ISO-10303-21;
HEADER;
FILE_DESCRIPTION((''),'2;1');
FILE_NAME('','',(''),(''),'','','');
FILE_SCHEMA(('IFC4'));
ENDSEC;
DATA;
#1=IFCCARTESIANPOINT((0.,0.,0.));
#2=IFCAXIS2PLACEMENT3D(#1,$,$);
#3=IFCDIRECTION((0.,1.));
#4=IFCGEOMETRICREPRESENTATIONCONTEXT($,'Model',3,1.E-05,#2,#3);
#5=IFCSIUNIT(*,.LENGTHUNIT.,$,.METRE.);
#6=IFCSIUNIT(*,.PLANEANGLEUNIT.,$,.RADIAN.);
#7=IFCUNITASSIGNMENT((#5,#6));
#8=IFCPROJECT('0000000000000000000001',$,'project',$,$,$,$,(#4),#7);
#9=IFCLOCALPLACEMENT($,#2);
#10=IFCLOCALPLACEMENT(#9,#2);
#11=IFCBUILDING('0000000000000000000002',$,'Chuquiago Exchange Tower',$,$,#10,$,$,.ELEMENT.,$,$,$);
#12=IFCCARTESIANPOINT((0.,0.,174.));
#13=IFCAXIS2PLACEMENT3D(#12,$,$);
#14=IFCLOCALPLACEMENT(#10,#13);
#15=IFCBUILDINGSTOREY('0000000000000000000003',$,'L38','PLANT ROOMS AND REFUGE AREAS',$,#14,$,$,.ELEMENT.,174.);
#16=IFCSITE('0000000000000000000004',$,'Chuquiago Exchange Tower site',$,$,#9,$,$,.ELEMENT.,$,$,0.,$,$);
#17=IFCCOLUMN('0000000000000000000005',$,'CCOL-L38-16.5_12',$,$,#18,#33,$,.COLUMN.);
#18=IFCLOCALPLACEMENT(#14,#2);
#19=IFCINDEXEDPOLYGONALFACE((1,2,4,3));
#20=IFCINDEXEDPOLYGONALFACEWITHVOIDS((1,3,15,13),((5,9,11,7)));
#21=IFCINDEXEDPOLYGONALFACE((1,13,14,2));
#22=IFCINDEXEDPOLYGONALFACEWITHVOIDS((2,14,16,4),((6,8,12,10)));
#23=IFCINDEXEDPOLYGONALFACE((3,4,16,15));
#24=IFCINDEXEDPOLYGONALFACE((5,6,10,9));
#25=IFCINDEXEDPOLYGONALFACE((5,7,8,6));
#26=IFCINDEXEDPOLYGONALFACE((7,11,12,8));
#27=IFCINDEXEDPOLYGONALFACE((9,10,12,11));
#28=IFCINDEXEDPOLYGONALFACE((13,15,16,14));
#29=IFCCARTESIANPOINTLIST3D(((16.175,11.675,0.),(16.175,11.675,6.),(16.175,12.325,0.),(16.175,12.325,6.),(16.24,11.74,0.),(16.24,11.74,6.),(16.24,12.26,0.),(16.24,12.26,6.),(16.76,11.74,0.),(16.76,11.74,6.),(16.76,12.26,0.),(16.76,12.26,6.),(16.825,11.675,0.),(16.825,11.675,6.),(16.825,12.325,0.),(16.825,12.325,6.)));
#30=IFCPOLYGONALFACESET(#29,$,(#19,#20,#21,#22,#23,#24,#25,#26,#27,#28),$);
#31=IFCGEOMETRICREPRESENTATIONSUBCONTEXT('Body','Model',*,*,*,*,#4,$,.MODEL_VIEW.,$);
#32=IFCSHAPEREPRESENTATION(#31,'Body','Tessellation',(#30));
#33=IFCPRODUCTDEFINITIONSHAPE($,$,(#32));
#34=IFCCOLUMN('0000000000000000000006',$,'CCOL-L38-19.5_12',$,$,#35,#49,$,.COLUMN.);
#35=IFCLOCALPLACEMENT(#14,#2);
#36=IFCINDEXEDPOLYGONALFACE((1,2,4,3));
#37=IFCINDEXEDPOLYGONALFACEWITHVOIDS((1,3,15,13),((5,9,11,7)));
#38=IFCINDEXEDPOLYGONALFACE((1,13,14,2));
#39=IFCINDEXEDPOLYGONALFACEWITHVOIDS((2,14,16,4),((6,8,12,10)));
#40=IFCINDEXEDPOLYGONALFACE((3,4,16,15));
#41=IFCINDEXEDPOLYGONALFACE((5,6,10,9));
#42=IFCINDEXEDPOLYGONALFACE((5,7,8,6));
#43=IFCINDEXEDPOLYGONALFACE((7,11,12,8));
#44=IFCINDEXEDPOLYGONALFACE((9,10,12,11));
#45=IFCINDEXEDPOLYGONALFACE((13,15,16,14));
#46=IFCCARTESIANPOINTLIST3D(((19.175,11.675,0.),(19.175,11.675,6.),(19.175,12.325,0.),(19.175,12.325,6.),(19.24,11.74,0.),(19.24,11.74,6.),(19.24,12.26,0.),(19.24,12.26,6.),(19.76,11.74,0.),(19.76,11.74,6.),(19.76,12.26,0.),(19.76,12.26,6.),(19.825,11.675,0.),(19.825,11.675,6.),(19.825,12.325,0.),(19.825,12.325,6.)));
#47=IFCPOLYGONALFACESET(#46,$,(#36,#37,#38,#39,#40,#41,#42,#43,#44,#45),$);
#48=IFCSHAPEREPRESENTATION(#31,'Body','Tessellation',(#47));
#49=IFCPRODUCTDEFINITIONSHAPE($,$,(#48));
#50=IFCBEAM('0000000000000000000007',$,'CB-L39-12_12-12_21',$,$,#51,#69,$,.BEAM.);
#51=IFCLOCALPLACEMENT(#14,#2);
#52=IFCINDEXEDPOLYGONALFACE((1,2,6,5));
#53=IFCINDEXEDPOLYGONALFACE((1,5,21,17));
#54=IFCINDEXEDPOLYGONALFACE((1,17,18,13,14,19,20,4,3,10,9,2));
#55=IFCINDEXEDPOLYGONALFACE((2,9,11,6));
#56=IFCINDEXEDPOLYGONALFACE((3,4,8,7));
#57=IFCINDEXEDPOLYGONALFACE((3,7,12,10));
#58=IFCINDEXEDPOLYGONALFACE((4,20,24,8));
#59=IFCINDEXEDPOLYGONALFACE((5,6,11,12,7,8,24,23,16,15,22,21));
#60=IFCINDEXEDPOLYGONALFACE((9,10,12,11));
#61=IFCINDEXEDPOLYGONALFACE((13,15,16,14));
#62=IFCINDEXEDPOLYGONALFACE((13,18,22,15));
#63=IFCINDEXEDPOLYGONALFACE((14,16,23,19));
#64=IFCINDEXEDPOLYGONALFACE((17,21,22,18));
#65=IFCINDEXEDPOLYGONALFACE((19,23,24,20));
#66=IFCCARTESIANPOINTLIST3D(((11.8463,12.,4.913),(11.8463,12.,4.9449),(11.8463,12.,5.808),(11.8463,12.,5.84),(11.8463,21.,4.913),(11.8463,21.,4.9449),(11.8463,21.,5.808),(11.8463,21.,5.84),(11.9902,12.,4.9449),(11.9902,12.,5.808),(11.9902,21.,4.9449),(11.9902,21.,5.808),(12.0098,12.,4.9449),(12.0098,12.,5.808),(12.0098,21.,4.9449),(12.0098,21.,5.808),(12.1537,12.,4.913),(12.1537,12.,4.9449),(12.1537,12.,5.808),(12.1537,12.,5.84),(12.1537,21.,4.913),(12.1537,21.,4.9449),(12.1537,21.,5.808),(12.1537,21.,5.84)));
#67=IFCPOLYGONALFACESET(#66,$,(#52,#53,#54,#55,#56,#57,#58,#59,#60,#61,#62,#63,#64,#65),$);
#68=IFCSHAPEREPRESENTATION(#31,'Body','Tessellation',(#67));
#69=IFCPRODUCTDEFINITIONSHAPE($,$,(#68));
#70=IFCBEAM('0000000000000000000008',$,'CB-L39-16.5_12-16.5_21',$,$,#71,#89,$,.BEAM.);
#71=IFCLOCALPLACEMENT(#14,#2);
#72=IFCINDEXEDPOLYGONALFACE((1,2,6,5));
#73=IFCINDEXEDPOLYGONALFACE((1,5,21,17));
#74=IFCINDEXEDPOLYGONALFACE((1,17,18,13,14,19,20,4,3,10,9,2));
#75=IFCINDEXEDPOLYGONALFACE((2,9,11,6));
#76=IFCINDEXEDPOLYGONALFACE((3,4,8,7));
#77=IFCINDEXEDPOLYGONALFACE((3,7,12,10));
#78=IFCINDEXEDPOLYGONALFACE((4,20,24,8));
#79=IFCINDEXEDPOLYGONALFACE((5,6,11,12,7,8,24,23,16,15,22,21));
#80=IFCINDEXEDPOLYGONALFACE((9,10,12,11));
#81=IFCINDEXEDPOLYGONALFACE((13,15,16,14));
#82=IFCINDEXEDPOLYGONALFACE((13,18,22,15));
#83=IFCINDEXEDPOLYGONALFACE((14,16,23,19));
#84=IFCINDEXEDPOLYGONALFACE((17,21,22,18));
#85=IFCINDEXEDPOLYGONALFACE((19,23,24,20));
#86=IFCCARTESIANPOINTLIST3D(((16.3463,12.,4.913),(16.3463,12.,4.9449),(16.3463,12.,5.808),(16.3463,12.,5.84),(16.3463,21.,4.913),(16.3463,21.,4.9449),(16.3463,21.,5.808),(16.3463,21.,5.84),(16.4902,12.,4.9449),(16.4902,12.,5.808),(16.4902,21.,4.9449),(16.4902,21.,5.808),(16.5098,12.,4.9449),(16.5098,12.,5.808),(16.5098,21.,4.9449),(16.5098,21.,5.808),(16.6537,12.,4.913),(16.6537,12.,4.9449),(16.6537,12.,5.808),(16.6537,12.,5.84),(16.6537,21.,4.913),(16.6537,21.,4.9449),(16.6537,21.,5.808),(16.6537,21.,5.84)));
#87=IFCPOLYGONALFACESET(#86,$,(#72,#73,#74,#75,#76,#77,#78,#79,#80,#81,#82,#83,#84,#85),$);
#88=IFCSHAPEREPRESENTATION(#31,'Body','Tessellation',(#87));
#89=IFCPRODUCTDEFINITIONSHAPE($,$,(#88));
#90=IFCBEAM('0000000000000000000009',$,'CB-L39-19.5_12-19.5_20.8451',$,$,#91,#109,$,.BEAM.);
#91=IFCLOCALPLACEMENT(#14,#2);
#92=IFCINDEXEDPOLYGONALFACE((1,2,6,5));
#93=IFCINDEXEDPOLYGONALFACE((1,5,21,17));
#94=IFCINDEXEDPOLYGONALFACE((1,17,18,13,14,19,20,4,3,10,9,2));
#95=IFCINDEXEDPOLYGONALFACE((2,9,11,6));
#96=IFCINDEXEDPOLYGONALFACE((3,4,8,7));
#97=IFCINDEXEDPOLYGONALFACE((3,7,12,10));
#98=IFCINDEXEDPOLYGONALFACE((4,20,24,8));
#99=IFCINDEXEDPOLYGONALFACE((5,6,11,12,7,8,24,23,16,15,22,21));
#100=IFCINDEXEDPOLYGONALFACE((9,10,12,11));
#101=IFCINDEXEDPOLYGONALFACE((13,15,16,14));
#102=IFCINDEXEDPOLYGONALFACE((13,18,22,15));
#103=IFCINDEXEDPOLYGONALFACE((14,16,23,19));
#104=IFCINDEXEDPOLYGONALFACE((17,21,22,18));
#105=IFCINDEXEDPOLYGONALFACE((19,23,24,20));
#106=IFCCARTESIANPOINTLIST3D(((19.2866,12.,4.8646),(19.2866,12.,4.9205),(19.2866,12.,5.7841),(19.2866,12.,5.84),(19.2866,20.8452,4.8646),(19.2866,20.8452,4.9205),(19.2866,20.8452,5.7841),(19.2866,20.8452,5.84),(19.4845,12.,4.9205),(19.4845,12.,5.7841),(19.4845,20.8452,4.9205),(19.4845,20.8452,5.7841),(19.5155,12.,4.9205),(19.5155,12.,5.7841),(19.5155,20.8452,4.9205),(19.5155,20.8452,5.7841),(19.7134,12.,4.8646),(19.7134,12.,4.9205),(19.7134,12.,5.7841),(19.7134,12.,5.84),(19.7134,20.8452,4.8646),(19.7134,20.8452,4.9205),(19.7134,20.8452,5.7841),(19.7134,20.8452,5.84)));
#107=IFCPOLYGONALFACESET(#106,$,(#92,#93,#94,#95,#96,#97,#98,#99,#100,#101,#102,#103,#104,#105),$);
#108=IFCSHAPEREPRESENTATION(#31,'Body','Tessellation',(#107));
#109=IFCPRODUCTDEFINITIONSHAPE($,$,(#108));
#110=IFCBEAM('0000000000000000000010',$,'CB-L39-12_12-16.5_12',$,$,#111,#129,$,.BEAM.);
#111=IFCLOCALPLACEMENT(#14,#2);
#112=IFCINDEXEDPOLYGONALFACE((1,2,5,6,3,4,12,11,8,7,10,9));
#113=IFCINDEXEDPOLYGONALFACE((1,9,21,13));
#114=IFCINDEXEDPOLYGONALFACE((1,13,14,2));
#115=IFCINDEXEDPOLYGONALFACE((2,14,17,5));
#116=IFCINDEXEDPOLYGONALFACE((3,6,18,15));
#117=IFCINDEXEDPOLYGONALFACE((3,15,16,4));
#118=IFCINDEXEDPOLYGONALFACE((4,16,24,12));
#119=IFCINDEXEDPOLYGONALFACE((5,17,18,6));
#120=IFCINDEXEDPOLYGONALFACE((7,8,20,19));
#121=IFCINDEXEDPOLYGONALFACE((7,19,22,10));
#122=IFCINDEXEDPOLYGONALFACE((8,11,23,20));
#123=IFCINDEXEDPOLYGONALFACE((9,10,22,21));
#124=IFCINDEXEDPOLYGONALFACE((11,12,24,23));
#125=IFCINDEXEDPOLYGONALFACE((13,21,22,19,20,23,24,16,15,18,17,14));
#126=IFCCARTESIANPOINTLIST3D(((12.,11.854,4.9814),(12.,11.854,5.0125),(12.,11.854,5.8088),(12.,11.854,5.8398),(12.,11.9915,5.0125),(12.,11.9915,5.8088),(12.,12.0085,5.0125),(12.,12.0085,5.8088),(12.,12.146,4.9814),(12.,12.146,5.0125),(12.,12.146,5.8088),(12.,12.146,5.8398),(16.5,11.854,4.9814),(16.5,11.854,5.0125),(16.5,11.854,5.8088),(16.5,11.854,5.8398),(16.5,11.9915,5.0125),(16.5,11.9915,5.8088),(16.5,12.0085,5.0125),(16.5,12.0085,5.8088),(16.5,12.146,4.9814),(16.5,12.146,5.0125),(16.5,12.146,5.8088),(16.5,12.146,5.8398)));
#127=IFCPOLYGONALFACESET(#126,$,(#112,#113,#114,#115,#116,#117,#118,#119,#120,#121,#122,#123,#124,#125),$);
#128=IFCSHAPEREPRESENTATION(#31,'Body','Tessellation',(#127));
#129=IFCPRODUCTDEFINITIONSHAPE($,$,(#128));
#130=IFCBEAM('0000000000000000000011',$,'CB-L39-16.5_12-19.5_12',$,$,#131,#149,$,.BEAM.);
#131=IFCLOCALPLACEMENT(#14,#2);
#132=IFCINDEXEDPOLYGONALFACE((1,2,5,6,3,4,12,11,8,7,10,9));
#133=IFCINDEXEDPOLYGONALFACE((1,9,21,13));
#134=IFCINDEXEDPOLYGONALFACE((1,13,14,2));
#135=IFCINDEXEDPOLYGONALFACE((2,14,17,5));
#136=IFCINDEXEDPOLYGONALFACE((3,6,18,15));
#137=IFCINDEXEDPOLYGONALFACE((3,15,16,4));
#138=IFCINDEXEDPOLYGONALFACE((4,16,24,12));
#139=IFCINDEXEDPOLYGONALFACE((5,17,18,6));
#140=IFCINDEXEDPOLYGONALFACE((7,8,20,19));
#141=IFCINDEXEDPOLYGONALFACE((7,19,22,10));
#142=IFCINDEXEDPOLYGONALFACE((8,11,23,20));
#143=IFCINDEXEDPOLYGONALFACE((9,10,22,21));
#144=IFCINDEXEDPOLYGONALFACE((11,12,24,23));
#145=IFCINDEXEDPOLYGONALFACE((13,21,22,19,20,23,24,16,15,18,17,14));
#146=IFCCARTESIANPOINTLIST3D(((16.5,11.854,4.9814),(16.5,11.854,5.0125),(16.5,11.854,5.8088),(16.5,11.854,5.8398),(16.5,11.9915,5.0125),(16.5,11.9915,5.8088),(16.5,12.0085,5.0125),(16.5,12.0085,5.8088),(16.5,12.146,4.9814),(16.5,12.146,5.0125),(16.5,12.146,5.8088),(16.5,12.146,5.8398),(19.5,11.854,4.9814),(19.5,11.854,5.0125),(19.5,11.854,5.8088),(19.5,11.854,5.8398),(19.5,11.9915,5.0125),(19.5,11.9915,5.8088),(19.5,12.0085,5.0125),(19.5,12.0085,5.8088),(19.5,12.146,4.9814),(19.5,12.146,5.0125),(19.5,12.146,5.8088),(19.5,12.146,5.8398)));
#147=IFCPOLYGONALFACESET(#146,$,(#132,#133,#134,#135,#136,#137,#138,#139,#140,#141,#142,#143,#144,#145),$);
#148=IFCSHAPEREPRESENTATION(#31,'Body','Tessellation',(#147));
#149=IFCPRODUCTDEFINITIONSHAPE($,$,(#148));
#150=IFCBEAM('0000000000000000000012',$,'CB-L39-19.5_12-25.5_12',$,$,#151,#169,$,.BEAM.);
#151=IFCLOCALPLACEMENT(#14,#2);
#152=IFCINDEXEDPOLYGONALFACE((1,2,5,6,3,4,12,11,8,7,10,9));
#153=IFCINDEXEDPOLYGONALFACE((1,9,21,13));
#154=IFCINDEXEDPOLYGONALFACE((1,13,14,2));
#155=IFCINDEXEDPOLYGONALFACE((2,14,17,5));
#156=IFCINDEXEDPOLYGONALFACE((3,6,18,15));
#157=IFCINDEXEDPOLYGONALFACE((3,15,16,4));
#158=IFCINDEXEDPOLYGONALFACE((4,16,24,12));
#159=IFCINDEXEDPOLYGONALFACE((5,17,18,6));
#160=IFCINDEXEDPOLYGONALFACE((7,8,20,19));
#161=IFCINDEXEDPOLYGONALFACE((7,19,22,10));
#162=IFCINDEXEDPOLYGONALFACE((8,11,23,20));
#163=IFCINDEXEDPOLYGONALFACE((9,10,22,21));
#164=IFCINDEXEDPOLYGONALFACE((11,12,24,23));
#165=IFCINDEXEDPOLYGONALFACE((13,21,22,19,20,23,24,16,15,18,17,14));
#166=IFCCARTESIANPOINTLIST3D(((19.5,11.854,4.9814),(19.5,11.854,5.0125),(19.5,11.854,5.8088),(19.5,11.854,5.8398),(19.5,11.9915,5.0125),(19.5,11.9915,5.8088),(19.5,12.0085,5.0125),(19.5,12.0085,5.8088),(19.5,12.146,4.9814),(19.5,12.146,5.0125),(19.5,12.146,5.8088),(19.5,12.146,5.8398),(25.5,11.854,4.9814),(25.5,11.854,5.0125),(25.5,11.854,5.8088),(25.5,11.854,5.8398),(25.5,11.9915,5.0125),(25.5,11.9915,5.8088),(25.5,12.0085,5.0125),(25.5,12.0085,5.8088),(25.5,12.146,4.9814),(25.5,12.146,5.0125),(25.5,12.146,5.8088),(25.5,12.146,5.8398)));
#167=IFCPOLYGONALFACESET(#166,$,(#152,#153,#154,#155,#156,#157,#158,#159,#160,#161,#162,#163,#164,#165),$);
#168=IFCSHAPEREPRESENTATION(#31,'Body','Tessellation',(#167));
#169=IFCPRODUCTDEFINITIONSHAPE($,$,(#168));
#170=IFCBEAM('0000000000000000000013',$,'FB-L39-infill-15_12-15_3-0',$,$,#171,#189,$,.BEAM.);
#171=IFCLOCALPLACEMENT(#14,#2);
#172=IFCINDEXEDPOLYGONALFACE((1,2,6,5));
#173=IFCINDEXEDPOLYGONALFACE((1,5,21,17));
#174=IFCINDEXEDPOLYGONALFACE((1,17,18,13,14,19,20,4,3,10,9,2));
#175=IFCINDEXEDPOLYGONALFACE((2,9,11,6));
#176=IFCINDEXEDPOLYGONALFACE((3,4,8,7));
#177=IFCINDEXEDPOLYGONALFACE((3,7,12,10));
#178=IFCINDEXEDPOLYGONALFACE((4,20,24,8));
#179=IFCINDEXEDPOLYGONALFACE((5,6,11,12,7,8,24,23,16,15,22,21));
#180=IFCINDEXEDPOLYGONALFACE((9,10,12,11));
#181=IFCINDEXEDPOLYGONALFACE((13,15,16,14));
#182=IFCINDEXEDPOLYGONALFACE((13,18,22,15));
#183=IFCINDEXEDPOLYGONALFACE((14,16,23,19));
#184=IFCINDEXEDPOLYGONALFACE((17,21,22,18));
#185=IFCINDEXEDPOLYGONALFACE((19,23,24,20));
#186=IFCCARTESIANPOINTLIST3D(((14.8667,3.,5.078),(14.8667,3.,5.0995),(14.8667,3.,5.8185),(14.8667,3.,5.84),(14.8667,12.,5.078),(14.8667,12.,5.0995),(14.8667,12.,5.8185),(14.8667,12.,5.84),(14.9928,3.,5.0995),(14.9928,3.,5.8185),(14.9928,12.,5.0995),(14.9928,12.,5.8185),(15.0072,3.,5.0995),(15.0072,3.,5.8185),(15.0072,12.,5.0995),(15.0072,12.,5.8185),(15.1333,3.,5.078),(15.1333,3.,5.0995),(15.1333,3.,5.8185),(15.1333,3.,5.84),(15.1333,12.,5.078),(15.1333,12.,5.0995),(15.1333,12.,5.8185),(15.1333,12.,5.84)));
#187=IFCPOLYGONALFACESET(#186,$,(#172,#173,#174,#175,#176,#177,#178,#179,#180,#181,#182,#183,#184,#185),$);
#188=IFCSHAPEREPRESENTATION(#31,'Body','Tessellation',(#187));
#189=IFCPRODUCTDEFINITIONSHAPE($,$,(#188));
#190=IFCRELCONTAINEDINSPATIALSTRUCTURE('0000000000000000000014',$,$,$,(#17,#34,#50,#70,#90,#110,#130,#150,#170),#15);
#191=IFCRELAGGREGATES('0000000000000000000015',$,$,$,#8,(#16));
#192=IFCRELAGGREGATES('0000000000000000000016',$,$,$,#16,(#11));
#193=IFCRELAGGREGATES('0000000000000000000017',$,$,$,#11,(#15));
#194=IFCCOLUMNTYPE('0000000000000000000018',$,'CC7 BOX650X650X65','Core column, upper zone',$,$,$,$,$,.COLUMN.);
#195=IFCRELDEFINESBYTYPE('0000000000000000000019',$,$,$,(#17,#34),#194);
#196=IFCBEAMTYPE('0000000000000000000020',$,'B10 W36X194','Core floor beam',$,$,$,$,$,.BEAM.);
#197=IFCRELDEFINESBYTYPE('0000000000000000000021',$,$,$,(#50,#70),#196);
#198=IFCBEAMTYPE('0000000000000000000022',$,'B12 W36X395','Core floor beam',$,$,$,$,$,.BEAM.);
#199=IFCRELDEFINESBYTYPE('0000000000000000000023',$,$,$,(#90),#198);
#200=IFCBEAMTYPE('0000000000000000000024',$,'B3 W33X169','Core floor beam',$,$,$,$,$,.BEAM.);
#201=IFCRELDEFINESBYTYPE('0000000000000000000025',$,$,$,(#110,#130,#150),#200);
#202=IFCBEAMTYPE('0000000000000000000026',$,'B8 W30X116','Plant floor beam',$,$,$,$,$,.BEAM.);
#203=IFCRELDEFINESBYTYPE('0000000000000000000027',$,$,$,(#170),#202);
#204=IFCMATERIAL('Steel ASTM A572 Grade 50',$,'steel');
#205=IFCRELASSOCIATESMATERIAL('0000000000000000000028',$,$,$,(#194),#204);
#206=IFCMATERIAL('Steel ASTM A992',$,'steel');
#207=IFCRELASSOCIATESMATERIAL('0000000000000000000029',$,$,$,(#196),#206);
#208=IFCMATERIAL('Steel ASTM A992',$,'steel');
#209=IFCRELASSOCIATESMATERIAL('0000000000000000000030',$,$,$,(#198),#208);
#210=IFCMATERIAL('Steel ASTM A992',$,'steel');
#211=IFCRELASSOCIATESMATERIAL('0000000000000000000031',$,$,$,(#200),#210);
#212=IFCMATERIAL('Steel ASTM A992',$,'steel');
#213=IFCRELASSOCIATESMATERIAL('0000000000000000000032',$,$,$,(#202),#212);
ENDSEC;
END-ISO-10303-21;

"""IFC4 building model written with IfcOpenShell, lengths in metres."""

from ifc_helpers import new_model, si_unit, direction, frame, origin, origin_2d, place, context, subcontext, project, spatial, hollow_rectangle, i_section, extrude, material, material_profile, profile_set, type_object, element, save


model = new_model("IFC4")

# Units and contexts
model_context = context("Model", 3, precision=1e-05, world=origin(), true_north=direction((0.0, 1.0)))
body_context = subcontext(model_context, "Body", "Model", "MODEL_VIEW")
ifc_project = project(units=[si_unit("LENGTHUNIT", "METRE"), si_unit("PLANEANGLEUNIT", "RADIAN")], contexts=[model_context])

# Site, building, storey
site_placement = place(None, origin())
site = spatial("IfcSite", under=ifc_project, at=site_placement, Name="Chuquiago Exchange Tower site", CompositionType="ELEMENT", RefElevation=0.0)
building_placement = place(site_placement, origin())
building = spatial("IfcBuilding", under=site, at=building_placement, Name="Chuquiago Exchange Tower", CompositionType="ELEMENT")
storey_placement = place(building_placement, frame((0.0, 0.0, 174.0)))
storey = spatial("IfcBuildingStorey", under=building, at=storey_placement, Name="L38", Description="PLANT ROOMS AND REFUGE AREAS", CompositionType="ELEMENT", Elevation=174.0)

# Columns
ifc_material_1 = material(Name="Steel ASTM A572 Grade 50", Category="steel")
ifc_material_profile_1 = material_profile(ifc_material_1, hollow_rectangle(XDim=0.6499, YDim=0.6499, WallThickness=0.0649, at=origin_2d()), Name="BOX650X650X65")
ifc_profile_set_1 = profile_set([ifc_material_profile_1], Name="Steel ASTM A572 Grade 50")
column_type = type_object("IfcColumnType", Name="CC7 BOX650X650X65", Description="Core column, upper zone", PredefinedType="COLUMN", material=ifc_profile_set_1)
for number, where, z_axis, x_axis, name in (
    (1, (16.5, 12.0, 0.0), (0.0, 0.0, 1.0), (1.0, 0.0, 0.0), "CCOL-L38-16.5_12"),
    (2, (19.5, 12.0, 0.0), (0.0, 0.0, 1.0), (1.0, 0.0, 0.0), "CCOL-L38-19.5_12"),
):
    element("IfcColumn", number, at=place(storey_placement, frame(where, z_axis=z_axis, x_axis=x_axis)), inside=storey, type_object=column_type, Name=name, PredefinedType="COLUMN", context=body_context, shape_type="SweptSolid", body=[
        extrude(hollow_rectangle(XDim=0.6499, YDim=0.6499, WallThickness=0.0649, at=origin_2d()), origin(), (0.0, 0.0, 1.0), 6.0),
    ])

# Beams
ifc_material_2 = material(Name="Steel ASTM A992", Category="steel")
ifc_material_profile_2 = material_profile(ifc_material_2, i_section(OverallWidth=0.3074, OverallDepth=0.927, WebThickness=0.0195, FlangeThickness=0.032, at=origin_2d()), Name="W36X194")
ifc_profile_set_2 = profile_set([ifc_material_profile_2], Name="Steel ASTM A992")
beam_type_1 = type_object("IfcBeamType", Name="B10 W36X194", Description="Core floor beam", PredefinedType="BEAM", material=ifc_profile_set_2)
for number, where, z_axis, x_axis, name in (
    (3, (12.0, 12.0, 5.3765), (0.0, 1.0, 0.0), (-1.0, 0.0, 0.0), "CB-L39-12_12-12_21"),
    (4, (16.5, 12.0, 5.3765), (0.0, 1.0, 0.0), (-1.0, 0.0, 0.0), "CB-L39-16.5_12-16.5_21"),
):
    element("IfcBeam", number, at=place(storey_placement, frame(where, z_axis=z_axis, x_axis=x_axis)), inside=storey, type_object=beam_type_1, Name=name, PredefinedType="BEAM", context=body_context, shape_type="SweptSolid", body=[
        extrude(i_section(OverallWidth=0.3074, OverallDepth=0.927, WebThickness=0.0195, FlangeThickness=0.032, at=origin_2d()), origin(), (0.0, 0.0, 1.0), 9.0),
    ])
ifc_material_3 = material(Name="Steel ASTM A992", Category="steel")
ifc_material_profile_3 = material_profile(ifc_material_3, i_section(OverallWidth=0.4268, OverallDepth=0.9753, WebThickness=0.031, FlangeThickness=0.0559, at=origin_2d()), Name="W36X395")
ifc_profile_set_3 = profile_set([ifc_material_profile_3], Name="Steel ASTM A992")
beam_type_2 = type_object("IfcBeamType", Name="B12 W36X395", Description="Core floor beam", PredefinedType="BEAM", material=ifc_profile_set_3)
beam_1_placement = place(storey_placement, frame((19.5, 12.0, 5.3523), z_axis=(0.0, 1.0, 0.0), x_axis=(-1.0, 0.0, 0.0)))
element("IfcBeam", 5, at=beam_1_placement, inside=storey, type_object=beam_type_2, Name="CB-L39-19.5_12-19.5_20.8451", PredefinedType="BEAM", context=body_context, shape_type="SweptSolid", body=[
    extrude(i_section(OverallWidth=0.4268, OverallDepth=0.9753, WebThickness=0.031, FlangeThickness=0.0559, at=origin_2d()), origin(), (0.0, 0.0, 1.0), 8.8452),
])
ifc_material_4 = material(Name="Steel ASTM A992", Category="steel")
ifc_material_profile_4 = material_profile(ifc_material_4, i_section(OverallWidth=0.292, OverallDepth=0.8584, WebThickness=0.0171, FlangeThickness=0.031, at=origin_2d()), Name="W33X169")
ifc_profile_set_4 = profile_set([ifc_material_profile_4], Name="Steel ASTM A992")
beam_type_3 = type_object("IfcBeamType", Name="B3 W33X169", Description="Core floor beam", PredefinedType="BEAM", material=ifc_profile_set_4)
beam_2_placement = place(storey_placement, frame((12.0, 12.0, 5.4106), z_axis=(1.0, 0.0, 0.0), x_axis=(0.0, 1.0, 0.0)))
element("IfcBeam", 6, at=beam_2_placement, inside=storey, type_object=beam_type_3, Name="CB-L39-12_12-16.5_12", PredefinedType="BEAM", context=body_context, shape_type="SweptSolid", body=[
    extrude(i_section(OverallWidth=0.292, OverallDepth=0.8584, WebThickness=0.0171, FlangeThickness=0.031, at=origin_2d()), origin(), (0.0, 0.0, 1.0), 4.5),
])
beam_3_placement = place(storey_placement, frame((16.5, 12.0, 5.4106), z_axis=(1.0, 0.0, 0.0), x_axis=(0.0, 1.0, 0.0)))
element("IfcBeam", 7, at=beam_3_placement, inside=storey, type_object=beam_type_3, Name="CB-L39-16.5_12-19.5_12", PredefinedType="BEAM", context=body_context, shape_type="SweptSolid", body=[
    extrude(i_section(OverallWidth=0.292, OverallDepth=0.8584, WebThickness=0.0171, FlangeThickness=0.031, at=origin_2d()), origin(), (0.0, 0.0, 1.0), 3.0),
])
beam_4_placement = place(storey_placement, frame((19.5, 12.0, 5.4106), z_axis=(1.0, 0.0, 0.0), x_axis=(0.0, 1.0, 0.0)))
element("IfcBeam", 8, at=beam_4_placement, inside=storey, type_object=beam_type_3, Name="CB-L39-19.5_12-25.5_12", PredefinedType="BEAM", context=body_context, shape_type="SweptSolid", body=[
    extrude(i_section(OverallWidth=0.292, OverallDepth=0.8584, WebThickness=0.0171, FlangeThickness=0.031, at=origin_2d()), origin(), (0.0, 0.0, 1.0), 6.0),
])
ifc_material_5 = material(Name="Steel ASTM A992", Category="steel")
ifc_material_profile_5 = material_profile(ifc_material_5, i_section(OverallWidth=0.2666, OverallDepth=0.762, WebThickness=0.0144, FlangeThickness=0.0215, at=origin_2d()), Name="W30X116")
ifc_profile_set_5 = profile_set([ifc_material_profile_5], Name="Steel ASTM A992")
beam_type_4 = type_object("IfcBeamType", Name="B8 W30X116", Description="Plant floor beam", PredefinedType="BEAM", material=ifc_profile_set_5)
beam_5_placement = place(storey_placement, frame((15.0, 12.0, 5.459), z_axis=(0.0, -1.0, 0.0), x_axis=(1.0, 0.0, 0.0)))
element("IfcBeam", 9, at=beam_5_placement, inside=storey, type_object=beam_type_4, Name="FB-L39-infill-15_12-15_3-0", PredefinedType="BEAM", context=body_context, shape_type="SweptSolid", body=[
    extrude(i_section(OverallWidth=0.2666, OverallDepth=0.762, WebThickness=0.0144, FlangeThickness=0.0215, at=origin_2d()), origin(), (0.0, 0.0, 1.0), 9.0),
])

save(model, "model.ifc")
